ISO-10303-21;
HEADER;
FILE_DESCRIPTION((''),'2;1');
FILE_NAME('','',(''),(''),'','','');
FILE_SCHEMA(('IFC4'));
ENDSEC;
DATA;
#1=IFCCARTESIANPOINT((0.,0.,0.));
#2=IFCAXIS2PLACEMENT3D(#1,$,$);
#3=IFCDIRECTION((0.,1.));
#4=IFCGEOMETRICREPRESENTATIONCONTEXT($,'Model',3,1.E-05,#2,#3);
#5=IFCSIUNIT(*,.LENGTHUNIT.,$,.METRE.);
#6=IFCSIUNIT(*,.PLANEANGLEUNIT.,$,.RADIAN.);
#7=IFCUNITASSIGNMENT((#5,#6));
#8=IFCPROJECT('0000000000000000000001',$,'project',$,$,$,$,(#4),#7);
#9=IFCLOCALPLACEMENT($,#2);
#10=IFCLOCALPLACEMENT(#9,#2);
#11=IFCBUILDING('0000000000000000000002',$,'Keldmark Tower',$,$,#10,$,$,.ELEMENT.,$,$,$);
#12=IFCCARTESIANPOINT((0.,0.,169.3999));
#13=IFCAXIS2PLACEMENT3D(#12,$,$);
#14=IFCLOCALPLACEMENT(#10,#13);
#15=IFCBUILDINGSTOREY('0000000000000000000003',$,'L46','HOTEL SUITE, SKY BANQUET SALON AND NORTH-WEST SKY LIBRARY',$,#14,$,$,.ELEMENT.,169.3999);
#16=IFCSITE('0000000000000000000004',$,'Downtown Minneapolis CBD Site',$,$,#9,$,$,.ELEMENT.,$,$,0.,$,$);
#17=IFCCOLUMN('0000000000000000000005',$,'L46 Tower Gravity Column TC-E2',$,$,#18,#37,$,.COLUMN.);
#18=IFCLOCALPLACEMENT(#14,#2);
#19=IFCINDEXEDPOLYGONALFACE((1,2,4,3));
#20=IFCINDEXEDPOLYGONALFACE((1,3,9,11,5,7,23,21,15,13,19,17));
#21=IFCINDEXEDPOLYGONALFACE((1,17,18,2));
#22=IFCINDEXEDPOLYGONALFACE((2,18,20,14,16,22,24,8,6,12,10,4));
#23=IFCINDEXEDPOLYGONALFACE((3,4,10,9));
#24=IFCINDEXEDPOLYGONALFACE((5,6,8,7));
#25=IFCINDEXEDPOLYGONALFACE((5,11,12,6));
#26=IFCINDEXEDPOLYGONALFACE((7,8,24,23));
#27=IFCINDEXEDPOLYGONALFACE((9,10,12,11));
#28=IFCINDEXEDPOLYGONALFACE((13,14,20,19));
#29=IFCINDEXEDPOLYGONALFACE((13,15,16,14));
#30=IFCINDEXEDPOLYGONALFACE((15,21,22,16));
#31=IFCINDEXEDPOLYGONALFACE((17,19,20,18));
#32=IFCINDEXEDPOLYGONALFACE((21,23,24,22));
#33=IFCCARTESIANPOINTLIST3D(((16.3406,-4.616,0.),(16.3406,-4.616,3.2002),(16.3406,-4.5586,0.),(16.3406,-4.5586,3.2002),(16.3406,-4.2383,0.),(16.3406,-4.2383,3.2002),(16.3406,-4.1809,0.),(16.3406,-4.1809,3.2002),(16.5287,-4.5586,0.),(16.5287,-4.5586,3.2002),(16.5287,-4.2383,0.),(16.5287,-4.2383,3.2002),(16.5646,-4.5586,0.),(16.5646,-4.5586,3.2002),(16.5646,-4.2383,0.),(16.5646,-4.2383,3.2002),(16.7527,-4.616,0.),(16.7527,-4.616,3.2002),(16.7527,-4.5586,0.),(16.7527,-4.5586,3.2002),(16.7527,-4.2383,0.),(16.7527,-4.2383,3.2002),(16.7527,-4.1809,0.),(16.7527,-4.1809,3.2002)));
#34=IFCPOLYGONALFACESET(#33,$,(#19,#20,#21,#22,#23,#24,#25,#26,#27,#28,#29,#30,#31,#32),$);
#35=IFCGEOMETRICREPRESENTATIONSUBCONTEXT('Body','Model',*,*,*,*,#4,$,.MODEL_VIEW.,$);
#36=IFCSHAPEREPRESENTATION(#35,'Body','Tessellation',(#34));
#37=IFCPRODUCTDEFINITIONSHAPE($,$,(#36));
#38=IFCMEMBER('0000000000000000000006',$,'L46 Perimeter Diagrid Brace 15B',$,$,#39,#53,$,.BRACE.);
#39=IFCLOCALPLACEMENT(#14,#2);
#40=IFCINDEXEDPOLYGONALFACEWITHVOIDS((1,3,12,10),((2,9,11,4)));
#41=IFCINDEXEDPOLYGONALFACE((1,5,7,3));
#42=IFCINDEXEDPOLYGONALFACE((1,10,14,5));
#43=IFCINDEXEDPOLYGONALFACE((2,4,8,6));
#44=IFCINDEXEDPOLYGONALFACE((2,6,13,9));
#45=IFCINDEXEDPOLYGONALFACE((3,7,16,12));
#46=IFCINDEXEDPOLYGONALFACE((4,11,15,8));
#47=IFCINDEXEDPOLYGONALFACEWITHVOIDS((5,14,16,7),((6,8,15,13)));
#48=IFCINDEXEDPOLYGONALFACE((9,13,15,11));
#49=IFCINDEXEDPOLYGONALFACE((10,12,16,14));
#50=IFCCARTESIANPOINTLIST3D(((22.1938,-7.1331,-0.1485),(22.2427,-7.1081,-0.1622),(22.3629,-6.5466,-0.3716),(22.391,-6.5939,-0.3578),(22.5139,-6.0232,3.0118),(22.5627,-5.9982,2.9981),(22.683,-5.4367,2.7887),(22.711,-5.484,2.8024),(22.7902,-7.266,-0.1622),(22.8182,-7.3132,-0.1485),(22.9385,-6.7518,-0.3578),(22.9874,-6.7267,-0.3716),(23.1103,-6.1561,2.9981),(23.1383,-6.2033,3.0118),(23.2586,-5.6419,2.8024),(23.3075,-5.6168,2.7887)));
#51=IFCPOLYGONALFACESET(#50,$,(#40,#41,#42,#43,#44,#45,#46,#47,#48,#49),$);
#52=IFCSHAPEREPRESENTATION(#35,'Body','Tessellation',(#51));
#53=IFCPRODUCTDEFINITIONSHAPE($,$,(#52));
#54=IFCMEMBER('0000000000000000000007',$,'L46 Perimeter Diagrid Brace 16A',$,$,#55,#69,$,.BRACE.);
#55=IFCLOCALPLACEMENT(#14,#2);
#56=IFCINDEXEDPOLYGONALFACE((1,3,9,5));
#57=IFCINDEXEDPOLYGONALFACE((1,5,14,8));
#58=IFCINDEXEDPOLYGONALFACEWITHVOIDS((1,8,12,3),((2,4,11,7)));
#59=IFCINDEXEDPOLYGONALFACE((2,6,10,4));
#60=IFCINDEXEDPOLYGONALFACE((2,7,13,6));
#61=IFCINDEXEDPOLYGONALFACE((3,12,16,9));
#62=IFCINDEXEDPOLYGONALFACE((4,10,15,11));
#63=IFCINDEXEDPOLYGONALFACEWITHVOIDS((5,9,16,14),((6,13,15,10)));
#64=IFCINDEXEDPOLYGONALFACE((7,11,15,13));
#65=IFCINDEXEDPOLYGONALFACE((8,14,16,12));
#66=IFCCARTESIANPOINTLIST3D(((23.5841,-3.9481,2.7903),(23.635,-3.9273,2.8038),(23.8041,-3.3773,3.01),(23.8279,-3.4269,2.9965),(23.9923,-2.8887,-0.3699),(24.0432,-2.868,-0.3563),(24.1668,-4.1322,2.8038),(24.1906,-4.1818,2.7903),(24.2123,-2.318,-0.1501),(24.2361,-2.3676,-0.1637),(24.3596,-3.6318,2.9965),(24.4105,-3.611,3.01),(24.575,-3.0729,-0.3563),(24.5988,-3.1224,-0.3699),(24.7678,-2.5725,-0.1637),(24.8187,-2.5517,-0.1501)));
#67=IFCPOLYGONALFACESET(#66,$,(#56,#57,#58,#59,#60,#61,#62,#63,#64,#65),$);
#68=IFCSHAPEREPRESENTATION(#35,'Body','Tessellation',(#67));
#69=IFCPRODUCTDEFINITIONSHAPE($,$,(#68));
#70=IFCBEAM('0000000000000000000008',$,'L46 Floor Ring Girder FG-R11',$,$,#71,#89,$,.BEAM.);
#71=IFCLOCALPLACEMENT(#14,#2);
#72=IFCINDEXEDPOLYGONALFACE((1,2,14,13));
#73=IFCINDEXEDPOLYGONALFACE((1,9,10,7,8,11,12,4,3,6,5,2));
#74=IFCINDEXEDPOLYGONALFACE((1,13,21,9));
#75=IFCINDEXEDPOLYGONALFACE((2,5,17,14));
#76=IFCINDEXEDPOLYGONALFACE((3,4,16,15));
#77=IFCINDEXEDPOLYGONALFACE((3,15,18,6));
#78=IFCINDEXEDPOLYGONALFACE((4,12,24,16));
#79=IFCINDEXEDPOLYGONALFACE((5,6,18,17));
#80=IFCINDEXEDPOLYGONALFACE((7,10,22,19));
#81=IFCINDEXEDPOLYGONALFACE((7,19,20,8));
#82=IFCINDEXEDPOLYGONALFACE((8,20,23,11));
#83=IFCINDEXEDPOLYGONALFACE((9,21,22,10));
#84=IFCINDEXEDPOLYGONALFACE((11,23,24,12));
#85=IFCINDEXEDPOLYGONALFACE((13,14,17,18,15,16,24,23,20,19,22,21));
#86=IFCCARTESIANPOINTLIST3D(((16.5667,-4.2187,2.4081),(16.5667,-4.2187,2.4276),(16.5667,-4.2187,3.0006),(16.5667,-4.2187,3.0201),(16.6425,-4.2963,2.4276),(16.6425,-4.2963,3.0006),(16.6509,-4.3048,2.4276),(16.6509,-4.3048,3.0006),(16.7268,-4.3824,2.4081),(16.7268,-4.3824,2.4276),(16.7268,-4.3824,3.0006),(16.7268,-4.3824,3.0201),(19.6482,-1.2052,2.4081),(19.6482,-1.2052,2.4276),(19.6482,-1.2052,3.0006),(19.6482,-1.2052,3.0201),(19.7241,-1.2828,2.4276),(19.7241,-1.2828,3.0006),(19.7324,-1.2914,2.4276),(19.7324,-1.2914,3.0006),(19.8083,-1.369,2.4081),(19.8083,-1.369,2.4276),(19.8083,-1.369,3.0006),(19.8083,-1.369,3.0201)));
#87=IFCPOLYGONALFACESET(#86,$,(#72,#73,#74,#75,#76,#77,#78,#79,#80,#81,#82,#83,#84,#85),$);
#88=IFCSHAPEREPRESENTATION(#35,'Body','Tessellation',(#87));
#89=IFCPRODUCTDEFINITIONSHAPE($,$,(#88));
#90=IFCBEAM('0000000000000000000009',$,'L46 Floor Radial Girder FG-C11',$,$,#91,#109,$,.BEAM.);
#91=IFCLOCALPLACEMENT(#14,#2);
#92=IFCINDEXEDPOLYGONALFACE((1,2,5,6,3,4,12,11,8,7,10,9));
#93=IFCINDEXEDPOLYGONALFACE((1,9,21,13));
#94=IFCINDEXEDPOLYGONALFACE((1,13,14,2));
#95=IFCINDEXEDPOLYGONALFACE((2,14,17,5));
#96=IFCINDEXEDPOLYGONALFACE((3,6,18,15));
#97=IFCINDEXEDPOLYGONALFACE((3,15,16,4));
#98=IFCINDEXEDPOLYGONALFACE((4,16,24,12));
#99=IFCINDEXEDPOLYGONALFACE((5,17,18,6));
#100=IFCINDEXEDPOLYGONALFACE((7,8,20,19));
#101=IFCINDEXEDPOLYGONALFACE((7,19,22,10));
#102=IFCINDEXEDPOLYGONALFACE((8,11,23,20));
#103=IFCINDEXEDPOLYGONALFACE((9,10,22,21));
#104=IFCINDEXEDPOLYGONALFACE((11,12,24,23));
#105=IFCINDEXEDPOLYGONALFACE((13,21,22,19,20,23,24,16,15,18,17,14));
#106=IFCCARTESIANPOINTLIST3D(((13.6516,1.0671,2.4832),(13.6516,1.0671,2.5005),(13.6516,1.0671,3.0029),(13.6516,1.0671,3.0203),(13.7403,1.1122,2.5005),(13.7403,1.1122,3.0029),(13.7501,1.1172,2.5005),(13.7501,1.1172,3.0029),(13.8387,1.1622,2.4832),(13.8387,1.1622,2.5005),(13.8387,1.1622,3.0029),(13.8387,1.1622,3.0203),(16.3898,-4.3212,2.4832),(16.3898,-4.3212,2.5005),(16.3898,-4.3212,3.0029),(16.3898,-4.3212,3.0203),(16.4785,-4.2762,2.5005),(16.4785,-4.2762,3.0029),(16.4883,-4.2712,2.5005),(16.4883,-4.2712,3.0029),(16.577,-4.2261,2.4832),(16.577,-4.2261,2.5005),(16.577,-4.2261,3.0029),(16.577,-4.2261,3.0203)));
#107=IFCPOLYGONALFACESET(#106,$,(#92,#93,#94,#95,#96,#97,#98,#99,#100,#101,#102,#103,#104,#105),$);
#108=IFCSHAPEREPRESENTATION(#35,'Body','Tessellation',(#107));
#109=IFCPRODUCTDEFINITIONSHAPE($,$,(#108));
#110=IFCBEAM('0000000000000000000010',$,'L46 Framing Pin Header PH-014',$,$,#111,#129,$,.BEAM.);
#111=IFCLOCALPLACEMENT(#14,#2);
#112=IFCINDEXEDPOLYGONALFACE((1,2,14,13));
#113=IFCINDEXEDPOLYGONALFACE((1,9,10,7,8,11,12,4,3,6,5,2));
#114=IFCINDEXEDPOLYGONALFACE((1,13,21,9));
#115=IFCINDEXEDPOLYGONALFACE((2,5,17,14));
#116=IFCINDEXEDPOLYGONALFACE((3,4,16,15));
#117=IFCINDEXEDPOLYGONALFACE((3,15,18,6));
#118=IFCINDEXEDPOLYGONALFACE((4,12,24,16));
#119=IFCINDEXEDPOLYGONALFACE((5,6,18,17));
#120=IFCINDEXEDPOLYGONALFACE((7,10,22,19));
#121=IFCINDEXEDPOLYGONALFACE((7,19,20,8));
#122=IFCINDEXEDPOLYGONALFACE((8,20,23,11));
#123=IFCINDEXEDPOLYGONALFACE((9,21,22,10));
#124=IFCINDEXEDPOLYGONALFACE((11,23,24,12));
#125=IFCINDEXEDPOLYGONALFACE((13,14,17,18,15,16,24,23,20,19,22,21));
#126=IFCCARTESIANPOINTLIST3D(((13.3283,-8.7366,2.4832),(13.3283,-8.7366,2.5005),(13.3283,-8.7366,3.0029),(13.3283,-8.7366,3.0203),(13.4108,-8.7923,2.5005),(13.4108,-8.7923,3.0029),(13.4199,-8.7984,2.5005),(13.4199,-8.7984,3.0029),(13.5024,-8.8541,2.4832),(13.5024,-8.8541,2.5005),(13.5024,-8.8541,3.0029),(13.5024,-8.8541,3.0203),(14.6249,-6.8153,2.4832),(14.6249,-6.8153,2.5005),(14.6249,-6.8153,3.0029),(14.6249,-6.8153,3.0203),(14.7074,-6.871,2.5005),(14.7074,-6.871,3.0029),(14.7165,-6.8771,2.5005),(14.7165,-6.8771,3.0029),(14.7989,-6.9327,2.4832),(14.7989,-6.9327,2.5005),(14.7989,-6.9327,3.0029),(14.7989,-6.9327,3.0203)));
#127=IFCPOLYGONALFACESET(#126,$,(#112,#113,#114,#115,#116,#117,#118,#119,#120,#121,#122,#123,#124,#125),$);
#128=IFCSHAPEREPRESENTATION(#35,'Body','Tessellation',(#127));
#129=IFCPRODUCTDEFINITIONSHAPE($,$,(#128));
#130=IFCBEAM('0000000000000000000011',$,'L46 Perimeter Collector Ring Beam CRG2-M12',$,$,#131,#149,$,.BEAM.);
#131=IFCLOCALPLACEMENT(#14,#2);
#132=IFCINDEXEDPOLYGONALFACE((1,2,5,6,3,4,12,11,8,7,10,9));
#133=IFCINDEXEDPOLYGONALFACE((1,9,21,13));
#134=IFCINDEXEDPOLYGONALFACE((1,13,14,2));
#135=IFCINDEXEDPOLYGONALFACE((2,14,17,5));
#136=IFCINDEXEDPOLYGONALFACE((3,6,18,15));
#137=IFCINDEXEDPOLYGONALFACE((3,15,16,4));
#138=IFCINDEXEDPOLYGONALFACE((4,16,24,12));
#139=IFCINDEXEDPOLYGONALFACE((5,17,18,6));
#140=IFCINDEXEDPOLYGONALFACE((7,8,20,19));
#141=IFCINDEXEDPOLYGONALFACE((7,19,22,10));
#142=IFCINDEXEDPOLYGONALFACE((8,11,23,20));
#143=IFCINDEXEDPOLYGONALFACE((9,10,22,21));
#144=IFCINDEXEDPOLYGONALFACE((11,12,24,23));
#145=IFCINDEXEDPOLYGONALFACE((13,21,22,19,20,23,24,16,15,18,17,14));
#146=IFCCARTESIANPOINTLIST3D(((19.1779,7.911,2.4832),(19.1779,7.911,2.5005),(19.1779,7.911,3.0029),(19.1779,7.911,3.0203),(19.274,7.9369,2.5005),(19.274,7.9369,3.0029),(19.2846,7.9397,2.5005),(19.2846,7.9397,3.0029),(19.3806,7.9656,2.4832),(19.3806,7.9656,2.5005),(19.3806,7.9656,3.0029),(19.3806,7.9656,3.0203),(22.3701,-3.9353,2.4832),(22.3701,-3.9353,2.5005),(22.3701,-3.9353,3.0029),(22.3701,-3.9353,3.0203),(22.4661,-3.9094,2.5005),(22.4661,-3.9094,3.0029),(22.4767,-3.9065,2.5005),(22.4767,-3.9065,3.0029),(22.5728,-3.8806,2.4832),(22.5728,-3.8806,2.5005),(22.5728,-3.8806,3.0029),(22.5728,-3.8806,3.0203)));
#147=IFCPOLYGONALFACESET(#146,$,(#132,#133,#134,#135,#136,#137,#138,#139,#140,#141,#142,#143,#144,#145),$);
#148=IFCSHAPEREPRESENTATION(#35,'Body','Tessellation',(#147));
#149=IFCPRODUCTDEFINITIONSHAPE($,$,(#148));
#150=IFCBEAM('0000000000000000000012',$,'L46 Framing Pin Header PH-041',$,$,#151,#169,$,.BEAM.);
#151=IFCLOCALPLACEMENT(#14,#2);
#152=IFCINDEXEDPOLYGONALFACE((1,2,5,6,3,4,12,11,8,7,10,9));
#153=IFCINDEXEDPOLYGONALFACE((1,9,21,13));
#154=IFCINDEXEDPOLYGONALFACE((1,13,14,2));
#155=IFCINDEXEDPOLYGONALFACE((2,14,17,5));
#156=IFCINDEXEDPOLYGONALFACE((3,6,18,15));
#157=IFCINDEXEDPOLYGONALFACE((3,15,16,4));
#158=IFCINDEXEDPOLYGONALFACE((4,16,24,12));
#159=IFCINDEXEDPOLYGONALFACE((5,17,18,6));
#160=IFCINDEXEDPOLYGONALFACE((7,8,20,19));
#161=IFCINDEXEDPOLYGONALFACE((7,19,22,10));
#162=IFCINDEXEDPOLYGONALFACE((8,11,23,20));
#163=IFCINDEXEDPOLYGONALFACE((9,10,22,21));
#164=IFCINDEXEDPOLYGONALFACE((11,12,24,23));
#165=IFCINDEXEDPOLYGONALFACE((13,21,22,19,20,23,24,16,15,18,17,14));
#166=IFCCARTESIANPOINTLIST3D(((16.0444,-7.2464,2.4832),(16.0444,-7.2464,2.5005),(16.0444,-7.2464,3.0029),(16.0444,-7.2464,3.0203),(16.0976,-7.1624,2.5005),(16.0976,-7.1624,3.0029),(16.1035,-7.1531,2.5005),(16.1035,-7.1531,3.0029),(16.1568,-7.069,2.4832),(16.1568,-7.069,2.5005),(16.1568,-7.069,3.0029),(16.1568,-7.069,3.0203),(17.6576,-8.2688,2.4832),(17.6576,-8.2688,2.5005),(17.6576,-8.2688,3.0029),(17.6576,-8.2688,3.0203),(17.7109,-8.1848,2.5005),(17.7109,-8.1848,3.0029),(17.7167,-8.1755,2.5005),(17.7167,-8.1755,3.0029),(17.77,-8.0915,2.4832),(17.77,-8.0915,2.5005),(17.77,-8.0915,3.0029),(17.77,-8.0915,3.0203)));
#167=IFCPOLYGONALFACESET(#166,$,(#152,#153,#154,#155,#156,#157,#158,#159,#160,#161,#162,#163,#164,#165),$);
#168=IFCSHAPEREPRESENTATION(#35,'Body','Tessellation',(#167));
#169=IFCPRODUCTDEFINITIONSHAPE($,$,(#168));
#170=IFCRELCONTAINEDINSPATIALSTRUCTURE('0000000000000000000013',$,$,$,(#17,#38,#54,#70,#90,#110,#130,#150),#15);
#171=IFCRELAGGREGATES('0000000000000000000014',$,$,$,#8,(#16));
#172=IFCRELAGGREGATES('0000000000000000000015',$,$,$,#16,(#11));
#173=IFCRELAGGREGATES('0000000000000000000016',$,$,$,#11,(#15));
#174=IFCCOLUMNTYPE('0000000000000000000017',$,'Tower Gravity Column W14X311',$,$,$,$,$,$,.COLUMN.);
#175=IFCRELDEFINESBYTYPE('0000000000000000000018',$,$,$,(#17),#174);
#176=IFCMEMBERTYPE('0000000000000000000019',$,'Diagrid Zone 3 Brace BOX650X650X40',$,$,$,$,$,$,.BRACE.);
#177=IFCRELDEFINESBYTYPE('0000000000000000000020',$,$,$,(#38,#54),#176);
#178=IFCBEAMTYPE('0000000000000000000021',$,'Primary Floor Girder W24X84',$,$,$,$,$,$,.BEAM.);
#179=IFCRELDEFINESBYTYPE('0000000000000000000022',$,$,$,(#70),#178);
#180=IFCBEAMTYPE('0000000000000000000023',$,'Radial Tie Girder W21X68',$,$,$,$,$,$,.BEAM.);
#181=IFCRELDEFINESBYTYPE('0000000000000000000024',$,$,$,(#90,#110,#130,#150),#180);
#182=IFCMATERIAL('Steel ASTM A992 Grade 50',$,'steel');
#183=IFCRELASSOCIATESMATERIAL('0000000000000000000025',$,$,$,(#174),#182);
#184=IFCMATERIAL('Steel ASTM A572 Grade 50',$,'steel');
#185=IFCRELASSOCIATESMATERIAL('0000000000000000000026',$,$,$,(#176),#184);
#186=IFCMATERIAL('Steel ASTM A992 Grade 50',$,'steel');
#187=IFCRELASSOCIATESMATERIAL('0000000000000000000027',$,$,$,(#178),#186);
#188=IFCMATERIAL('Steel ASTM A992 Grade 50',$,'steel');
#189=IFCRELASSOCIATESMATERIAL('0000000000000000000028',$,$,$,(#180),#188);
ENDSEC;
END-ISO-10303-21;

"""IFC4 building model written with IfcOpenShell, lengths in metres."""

from ifc_helpers import new_model, si_unit, direction, frame, origin, origin_2d, place, context, subcontext, project, spatial, hollow_rectangle, i_section, extrude, material, material_profile, profile_set, type_object, element, save


model = new_model("IFC4")

# Units and contexts
model_context = context("Model", 3, precision=1e-05, world=origin(), true_north=direction((0.0, 1.0)))
body_context = subcontext(model_context, "Body", "Model", "MODEL_VIEW")
ifc_project = project(units=[si_unit("LENGTHUNIT", "METRE"), si_unit("PLANEANGLEUNIT", "RADIAN")], contexts=[model_context])

# Site, building, storey
site_placement = place(None, origin())
site = spatial("IfcSite", under=ifc_project, at=site_placement, Name="Downtown Minneapolis CBD Site", CompositionType="ELEMENT", RefElevation=0.0)
building_placement = place(site_placement, origin())
building = spatial("IfcBuilding", under=site, at=building_placement, Name="Keldmark Tower", CompositionType="ELEMENT")
storey_placement = place(building_placement, frame((0.0, 0.0, 169.3999)))
storey = spatial("IfcBuildingStorey", under=building, at=storey_placement, Name="L46", Description="HOTEL SUITE, SKY BANQUET SALON AND NORTH-WEST SKY LIBRARY", CompositionType="ELEMENT", Elevation=169.3999)

# Column
ifc_material_1 = material(Name="Steel ASTM A992 Grade 50", Category="steel")
ifc_material_profile_1 = material_profile(ifc_material_1, i_section(OverallWidth=0.4121, OverallDepth=0.4351, WebThickness=0.0359, FlangeThickness=0.0574, at=origin_2d()), Name="W14X311")
ifc_profile_set_1 = profile_set([ifc_material_profile_1], Name="Steel ASTM A992 Grade 50")
column_type = type_object("IfcColumnType", Name="Tower Gravity Column W14X311", PredefinedType="COLUMN", material=ifc_profile_set_1)
column_placement = place(storey_placement, frame((16.5466, -4.3984, 0.0), z_axis=(0.0, 0.0, 1.0), x_axis=(1.0, 0.0, 0.0)))
element("IfcColumn", 1, at=column_placement, inside=storey, type_object=column_type, Name="L46 Tower Gravity Column TC-E2", PredefinedType="COLUMN", context=body_context, shape_type="SweptSolid", body=[
    extrude(i_section(OverallWidth=0.4121, OverallDepth=0.4351, WebThickness=0.0359, FlangeThickness=0.0574, at=origin_2d()), origin(), (0.0, 0.0, 1.0), 3.2002),
])

# Members
ifc_material_2 = material(Name="Steel ASTM A572 Grade 50", Category="steel")
ifc_material_profile_2 = material_profile(ifc_material_2, hollow_rectangle(XDim=0.6499, YDim=0.6499, WallThickness=0.04, at=origin_2d()), Name="BOX650X650X40")
ifc_profile_set_2 = profile_set([ifc_material_profile_2], Name="Steel ASTM A572 Grade 50")
member_type = type_object("IfcMemberType", Name="Diagrid Zone 3 Brace BOX650X650X40", PredefinedType="BRACE", material=ifc_profile_set_2)
member_1_placement = place(storey_placement, frame((22.5906, -6.9299, -0.26), z_axis=(0.095127, 0.329861, 0.939225), x_axis=(-0.960843, 0.277093, 0.0)))
element("IfcMember", 2, at=member_1_placement, inside=storey, type_object=member_type, Name="L46 Perimeter Diagrid Brace 15B", PredefinedType="BRACE", context=body_context, shape_type="SweptSolid", body=[
    extrude(hollow_rectangle(XDim=0.6499, YDim=0.6499, WallThickness=0.04, at=origin_2d()), origin(), (0.0, 0.0, 1.0), 3.3647),
])
member_2_placement = place(storey_placement, frame((24.4055, -2.7202, -0.26), z_axis=(-0.121566, -0.315474, 0.941115), x_axis=(0.933118, -0.35957, 0.0)))
element("IfcMember", 3, at=member_2_placement, inside=storey, type_object=member_type, Name="L46 Perimeter Diagrid Brace 16A", PredefinedType="BRACE", context=body_context, shape_type="SweptSolid", body=[
    extrude(hollow_rectangle(XDim=0.6499, YDim=0.6499, WallThickness=0.04, at=origin_2d()), origin(), (0.0, 0.0, 1.0), 3.3579),
])

# Beams
ifc_material_3 = material(Name="Steel ASTM A992 Grade 50", Category="steel")
ifc_material_profile_3 = material_profile(ifc_material_3, i_section(OverallWidth=0.229, OverallDepth=0.6121, WebThickness=0.012, FlangeThickness=0.0195, at=origin_2d()), Name="W24X84")
ifc_profile_set_3 = profile_set([ifc_material_profile_3], Name="Steel ASTM A992 Grade 50")
beam_type_1 = type_object("IfcBeamType", Name="Primary Floor Girder W24X84", PredefinedType="BEAM", material=ifc_profile_set_3)
beam_1_placement = place(storey_placement, frame((16.6467, -4.3005, 2.7141), z_axis=(0.714965, 0.699161, 0.0), x_axis=(-0.699161, 0.714965, 0.0)))
element("IfcBeam", 4, at=beam_1_placement, inside=storey, type_object=beam_type_1, Name="L46 Floor Ring Girder FG-R11", PredefinedType="BEAM", context=body_context, shape_type="SweptSolid", body=[
    extrude(i_section(OverallWidth=0.229, OverallDepth=0.6121, WebThickness=0.012, FlangeThickness=0.0195, at=origin_2d()), origin(), (0.0, 0.0, 1.0), 4.3101),
])
ifc_material_4 = material(Name="Steel ASTM A992 Grade 50", Category="steel")
ifc_material_profile_4 = material_profile(ifc_material_4, i_section(OverallWidth=0.21, OverallDepth=0.5371, WebThickness=0.011, FlangeThickness=0.0173, at=origin_2d()), Name="W21X68")
ifc_profile_set_4 = profile_set([ifc_material_profile_4], Name="Steel ASTM A992 Grade 50")
beam_type_2 = type_object("IfcBeamType", Name="Radial Tie Girder W21X68", PredefinedType="BEAM", material=ifc_profile_set_4)
beam_2_placement = place(storey_placement, frame((16.4834, -4.2737, 2.7517), z_axis=(-0.453037, 0.891492, 0.0), x_axis=(-0.891492, -0.453037, 0.0)))
element("IfcBeam", 5, at=beam_2_placement, inside=storey, type_object=beam_type_2, Name="L46 Floor Radial Girder FG-C11", PredefinedType="BEAM", context=body_context, shape_type="SweptSolid", body=[
    extrude(i_section(OverallWidth=0.21, OverallDepth=0.5371, WebThickness=0.011, FlangeThickness=0.0173, at=origin_2d()), origin(), (0.0, 0.0, 1.0), 6.0442),
])
beam_3_placement = place(storey_placement, frame((14.7119, -6.874, 2.7517), z_axis=(-0.559382, -0.82891, 0.0), x_axis=(0.82891, -0.559382, 0.0)))
element("IfcBeam", 6, at=beam_3_placement, inside=storey, type_object=beam_type_2, Name="L46 Framing Pin Header PH-014", PredefinedType="BEAM", context=body_context, shape_type="SweptSolid", body=[
    extrude(i_section(OverallWidth=0.21, OverallDepth=0.5371, WebThickness=0.011, FlangeThickness=0.0173, at=origin_2d()), origin(), (0.0, 0.0, 1.0), 2.3179),
])
beam_4_placement = place(storey_placement, frame((22.4714, -3.908, 2.7517), z_axis=(-0.260185, 0.965559, 0.0), x_axis=(-0.965559, -0.260185, 0.0)))
element("IfcBeam", 7, at=beam_4_placement, inside=storey, type_object=beam_type_2, Name="L46 Perimeter Collector Ring Beam CRG2-M12", PredefinedType="BEAM", context=body_context, shape_type="SweptSolid", body=[
    extrude(i_section(OverallWidth=0.21, OverallDepth=0.5371, WebThickness=0.011, FlangeThickness=0.0173, at=origin_2d()), origin(), (0.0, 0.0, 1.0), 12.2688),
])
beam_5_placement = place(storey_placement, frame((16.1006, -7.1577, 2.7517), z_axis=(0.84465, -0.53532, 0.0), x_axis=(0.53532, 0.84465, 0.0)))
element("IfcBeam", 8, at=beam_5_placement, inside=storey, type_object=beam_type_2, Name="L46 Framing Pin Header PH-041", PredefinedType="BEAM", context=body_context, shape_type="SweptSolid", body=[
    extrude(i_section(OverallWidth=0.21, OverallDepth=0.5371, WebThickness=0.011, FlangeThickness=0.0173, at=origin_2d()), origin(), (0.0, 0.0, 1.0), 1.9099),
])

save(model, "model.ifc")
